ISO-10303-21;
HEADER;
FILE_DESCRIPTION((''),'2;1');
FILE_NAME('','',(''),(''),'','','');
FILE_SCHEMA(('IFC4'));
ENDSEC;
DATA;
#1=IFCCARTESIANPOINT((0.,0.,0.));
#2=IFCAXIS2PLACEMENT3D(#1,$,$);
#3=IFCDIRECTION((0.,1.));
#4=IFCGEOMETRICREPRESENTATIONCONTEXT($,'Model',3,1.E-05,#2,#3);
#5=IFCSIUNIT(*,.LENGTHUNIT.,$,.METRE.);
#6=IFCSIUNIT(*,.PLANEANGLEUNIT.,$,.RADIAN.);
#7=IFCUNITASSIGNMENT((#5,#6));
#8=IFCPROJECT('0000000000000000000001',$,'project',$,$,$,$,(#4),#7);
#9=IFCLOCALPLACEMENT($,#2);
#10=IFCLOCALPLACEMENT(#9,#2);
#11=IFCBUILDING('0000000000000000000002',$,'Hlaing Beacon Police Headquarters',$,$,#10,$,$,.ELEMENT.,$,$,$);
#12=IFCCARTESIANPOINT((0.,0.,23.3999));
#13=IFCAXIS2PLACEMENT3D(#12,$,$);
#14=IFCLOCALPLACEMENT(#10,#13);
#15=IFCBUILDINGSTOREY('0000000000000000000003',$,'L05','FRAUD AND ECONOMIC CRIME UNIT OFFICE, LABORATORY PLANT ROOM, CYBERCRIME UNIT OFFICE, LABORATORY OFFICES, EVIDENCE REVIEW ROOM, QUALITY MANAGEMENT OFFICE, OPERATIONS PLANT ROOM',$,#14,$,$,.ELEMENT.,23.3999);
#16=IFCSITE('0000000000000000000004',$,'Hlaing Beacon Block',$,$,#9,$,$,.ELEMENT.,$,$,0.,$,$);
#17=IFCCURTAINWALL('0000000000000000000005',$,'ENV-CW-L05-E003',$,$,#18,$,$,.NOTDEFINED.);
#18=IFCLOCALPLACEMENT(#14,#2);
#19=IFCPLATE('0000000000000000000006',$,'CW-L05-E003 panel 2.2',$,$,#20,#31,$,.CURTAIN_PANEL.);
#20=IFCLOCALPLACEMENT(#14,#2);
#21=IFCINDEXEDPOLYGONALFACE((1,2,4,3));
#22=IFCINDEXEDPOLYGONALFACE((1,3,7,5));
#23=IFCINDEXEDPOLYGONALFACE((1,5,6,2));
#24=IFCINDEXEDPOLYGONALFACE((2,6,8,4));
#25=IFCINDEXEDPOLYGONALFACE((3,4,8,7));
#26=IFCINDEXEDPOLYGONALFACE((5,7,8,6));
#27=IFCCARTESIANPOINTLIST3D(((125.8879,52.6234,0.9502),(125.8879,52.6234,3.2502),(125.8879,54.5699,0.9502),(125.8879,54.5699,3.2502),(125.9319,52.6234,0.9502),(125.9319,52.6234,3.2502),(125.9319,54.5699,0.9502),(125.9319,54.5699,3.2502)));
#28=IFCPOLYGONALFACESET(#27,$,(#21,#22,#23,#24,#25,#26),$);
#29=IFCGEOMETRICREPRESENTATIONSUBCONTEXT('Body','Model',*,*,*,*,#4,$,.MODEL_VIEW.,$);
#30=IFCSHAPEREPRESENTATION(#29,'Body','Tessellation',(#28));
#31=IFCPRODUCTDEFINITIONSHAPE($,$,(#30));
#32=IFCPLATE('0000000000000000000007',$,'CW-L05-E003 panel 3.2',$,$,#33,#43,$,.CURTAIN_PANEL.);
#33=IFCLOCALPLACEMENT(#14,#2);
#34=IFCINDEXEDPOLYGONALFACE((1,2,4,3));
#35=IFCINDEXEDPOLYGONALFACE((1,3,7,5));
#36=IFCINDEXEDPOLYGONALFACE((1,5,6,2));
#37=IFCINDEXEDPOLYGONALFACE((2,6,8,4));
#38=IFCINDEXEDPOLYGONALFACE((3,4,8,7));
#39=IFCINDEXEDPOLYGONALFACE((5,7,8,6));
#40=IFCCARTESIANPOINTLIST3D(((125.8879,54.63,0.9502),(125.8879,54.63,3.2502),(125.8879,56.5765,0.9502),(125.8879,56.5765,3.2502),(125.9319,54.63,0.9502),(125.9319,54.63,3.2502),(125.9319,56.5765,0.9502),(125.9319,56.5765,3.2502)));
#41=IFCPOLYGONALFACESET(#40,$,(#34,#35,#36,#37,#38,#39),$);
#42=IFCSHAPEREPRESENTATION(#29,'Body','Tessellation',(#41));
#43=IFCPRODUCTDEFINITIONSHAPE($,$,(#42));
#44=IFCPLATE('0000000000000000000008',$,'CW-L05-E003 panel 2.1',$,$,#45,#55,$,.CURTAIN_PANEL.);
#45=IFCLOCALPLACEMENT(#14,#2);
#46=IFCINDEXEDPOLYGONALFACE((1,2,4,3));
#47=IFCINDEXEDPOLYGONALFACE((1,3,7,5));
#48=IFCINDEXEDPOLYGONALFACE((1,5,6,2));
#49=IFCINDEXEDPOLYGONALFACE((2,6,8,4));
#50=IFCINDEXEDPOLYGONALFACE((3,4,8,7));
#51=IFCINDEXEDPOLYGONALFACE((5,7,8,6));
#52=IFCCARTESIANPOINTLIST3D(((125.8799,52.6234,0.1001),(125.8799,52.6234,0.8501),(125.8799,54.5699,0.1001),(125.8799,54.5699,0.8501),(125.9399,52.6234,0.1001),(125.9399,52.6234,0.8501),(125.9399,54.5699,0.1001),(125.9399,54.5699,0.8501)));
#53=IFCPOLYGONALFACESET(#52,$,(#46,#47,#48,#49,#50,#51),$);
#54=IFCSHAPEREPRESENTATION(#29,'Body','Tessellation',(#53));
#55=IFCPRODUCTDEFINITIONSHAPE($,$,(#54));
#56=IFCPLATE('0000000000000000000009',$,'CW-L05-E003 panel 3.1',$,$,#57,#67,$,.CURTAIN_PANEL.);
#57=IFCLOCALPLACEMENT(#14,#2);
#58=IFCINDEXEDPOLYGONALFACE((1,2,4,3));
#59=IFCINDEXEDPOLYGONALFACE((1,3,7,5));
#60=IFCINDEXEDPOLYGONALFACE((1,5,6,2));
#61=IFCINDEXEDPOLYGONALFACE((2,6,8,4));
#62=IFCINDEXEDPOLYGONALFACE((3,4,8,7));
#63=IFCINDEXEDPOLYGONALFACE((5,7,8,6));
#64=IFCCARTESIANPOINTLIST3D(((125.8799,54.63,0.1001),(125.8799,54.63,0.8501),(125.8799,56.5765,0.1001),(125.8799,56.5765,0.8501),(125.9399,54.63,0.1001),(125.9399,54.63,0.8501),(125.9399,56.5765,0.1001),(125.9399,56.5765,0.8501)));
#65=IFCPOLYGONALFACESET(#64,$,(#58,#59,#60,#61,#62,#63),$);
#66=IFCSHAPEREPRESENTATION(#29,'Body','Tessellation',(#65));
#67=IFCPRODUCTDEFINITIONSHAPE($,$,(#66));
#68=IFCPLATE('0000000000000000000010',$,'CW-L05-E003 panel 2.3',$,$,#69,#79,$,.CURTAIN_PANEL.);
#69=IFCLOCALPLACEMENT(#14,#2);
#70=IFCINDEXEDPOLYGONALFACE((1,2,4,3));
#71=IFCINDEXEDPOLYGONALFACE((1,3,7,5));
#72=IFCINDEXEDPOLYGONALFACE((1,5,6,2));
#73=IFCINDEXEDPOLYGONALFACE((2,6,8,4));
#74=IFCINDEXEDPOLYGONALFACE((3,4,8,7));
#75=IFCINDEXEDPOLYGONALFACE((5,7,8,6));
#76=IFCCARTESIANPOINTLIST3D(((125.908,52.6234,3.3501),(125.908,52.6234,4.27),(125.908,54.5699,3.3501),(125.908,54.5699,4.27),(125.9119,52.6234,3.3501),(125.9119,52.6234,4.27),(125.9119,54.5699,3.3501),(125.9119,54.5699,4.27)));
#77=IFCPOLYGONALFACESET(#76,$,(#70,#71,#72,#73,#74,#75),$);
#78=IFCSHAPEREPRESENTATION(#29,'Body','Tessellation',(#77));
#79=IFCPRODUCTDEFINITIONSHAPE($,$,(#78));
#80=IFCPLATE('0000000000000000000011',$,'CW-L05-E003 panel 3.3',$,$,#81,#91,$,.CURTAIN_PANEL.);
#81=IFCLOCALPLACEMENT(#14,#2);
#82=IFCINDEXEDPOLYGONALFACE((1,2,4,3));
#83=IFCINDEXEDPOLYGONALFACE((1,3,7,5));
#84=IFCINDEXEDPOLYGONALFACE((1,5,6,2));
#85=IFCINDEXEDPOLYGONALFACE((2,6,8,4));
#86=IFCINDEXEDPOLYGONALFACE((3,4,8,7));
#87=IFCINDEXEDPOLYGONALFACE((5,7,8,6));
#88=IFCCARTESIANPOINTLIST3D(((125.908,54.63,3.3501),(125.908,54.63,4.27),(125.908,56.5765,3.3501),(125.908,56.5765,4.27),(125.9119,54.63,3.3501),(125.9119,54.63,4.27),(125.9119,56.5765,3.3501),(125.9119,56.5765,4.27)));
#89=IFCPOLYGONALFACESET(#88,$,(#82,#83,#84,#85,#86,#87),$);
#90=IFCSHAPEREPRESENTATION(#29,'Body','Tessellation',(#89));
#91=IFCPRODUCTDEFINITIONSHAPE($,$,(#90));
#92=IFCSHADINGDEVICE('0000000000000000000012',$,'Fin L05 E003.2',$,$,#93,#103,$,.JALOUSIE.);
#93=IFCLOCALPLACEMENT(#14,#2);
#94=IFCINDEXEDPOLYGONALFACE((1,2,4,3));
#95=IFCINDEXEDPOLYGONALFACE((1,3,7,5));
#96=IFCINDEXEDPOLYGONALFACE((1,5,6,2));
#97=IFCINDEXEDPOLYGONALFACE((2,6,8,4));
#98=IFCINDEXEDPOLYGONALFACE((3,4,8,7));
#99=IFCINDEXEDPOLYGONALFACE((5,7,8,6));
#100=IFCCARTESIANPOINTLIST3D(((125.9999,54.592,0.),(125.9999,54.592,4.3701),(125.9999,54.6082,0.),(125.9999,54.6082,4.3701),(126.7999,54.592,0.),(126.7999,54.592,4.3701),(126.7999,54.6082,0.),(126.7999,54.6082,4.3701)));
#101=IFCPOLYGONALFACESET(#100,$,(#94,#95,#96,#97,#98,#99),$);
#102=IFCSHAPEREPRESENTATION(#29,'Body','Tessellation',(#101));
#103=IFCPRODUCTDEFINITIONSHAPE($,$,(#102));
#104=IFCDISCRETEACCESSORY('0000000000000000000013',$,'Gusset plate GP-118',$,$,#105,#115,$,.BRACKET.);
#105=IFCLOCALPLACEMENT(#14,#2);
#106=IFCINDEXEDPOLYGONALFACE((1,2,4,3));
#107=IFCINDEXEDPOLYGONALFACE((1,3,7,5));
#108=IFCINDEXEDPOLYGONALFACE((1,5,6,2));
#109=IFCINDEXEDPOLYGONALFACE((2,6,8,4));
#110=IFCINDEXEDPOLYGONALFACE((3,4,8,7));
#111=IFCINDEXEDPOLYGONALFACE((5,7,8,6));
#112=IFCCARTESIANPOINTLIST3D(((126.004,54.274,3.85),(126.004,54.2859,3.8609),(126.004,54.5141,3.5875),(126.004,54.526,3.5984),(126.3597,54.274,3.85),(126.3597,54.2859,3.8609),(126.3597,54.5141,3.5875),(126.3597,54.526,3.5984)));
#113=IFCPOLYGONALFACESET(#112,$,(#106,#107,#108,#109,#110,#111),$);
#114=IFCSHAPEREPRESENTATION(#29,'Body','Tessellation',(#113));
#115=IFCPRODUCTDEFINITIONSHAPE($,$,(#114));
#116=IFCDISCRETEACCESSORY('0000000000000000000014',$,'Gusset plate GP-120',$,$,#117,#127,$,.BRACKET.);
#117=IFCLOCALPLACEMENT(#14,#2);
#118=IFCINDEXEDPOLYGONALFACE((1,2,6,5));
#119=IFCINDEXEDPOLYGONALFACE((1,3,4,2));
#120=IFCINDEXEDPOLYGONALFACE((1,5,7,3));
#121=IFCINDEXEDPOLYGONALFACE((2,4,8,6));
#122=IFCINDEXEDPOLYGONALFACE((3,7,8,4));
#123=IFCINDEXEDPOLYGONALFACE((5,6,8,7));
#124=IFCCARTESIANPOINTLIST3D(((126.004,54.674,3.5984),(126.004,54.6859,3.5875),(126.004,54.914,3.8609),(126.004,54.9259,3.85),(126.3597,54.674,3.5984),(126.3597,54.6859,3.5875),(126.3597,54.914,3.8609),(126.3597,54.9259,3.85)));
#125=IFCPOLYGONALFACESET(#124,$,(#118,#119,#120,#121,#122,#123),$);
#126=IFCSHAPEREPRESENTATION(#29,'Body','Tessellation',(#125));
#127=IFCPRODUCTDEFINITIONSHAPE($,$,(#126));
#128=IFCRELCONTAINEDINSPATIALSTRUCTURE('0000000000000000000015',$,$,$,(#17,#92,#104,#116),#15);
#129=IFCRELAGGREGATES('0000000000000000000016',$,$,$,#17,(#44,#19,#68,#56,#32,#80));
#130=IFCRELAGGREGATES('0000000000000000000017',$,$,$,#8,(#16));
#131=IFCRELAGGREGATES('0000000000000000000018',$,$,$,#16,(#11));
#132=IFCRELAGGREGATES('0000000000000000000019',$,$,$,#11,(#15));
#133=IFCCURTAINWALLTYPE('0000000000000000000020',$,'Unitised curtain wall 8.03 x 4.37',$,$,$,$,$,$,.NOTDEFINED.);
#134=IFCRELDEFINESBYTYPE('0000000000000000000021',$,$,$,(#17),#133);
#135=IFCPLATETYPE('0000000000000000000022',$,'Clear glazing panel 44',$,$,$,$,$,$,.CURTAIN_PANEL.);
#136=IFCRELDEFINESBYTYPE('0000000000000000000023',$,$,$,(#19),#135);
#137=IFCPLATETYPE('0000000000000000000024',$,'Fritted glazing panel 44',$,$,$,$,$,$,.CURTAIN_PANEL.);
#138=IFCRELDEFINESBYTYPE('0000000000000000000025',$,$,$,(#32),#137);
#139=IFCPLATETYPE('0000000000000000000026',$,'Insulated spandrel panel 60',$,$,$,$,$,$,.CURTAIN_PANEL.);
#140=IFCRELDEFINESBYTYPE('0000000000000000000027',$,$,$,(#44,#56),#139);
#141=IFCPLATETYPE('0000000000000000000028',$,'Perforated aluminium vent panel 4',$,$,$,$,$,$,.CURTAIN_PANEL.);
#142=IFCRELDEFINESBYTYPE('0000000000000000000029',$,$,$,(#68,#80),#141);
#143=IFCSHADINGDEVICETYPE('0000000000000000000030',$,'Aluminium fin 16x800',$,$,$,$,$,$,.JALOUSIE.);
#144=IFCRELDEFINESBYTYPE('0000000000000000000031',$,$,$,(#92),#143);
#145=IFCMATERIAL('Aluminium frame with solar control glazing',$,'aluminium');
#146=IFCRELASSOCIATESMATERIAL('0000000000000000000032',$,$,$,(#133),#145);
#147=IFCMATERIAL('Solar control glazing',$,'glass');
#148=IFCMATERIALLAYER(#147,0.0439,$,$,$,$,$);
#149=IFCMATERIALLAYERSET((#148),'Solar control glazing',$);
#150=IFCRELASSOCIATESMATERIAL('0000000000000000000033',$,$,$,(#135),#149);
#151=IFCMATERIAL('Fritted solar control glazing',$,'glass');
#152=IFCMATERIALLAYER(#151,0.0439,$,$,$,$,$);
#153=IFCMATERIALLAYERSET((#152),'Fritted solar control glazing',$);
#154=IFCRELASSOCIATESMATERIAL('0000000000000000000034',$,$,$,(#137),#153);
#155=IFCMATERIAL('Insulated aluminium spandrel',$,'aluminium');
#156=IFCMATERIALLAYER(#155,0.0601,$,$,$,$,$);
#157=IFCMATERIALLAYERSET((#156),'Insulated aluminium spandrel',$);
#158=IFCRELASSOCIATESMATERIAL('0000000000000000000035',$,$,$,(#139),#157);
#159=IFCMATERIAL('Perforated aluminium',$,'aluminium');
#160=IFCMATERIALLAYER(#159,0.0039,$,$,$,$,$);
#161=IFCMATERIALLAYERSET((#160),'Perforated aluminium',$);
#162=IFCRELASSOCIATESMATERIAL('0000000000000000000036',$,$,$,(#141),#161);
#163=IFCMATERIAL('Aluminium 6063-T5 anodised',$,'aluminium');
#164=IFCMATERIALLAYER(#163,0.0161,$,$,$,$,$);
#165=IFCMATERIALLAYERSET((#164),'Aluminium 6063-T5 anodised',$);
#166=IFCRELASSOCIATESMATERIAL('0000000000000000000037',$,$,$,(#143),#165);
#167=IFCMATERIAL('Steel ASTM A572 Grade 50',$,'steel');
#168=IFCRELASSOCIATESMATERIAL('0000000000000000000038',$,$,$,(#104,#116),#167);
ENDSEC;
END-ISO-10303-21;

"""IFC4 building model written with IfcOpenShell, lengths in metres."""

from ifc_helpers import new_model, si_unit, direction, frame, origin, origin_2d, place, context, subcontext, project, spatial, rectangle, extrude, material, layer, layer_set, type_object, element, aggregate, save


model = new_model("IFC4")

# Units and contexts
model_context = context("Model", 3, precision=1e-05, world=origin(), true_north=direction((0.0, 1.0)))
body_context = subcontext(model_context, "Body", "Model", "MODEL_VIEW")
ifc_project = project(units=[si_unit("LENGTHUNIT", "METRE"), si_unit("PLANEANGLEUNIT", "RADIAN")], contexts=[model_context])

# Site, building, storey
site_placement = place(None, origin())
site = spatial("IfcSite", under=ifc_project, at=site_placement, Name="Hlaing Beacon Block", CompositionType="ELEMENT", RefElevation=0.0)
building_placement = place(site_placement, origin())
building = spatial("IfcBuilding", under=site, at=building_placement, Name="Hlaing Beacon Police Headquarters", CompositionType="ELEMENT")
storey_placement = place(building_placement, frame((0.0, 0.0, 23.3999)))
storey = spatial("IfcBuildingStorey", under=building, at=storey_placement, Name="L05", Description="FRAUD AND ECONOMIC CRIME UNIT OFFICE, LABORATORY PLANT ROOM, CYBERCRIME UNIT OFFICE, LABORATORY OFFICES, EVIDENCE REVIEW ROOM, QUALITY MANAGEMENT OFFICE, OPERATIONS PLANT ROOM", CompositionType="ELEMENT", Elevation=23.3999)

# Curtain wall, plates
ifc_material_1 = material(Name="Aluminium frame with solar control glazing", Category="aluminium")
curtain_wall_type = type_object("IfcCurtainWallType", Name="Unitised curtain wall 8.03 x 4.37", PredefinedType="NOTDEFINED", material=ifc_material_1)
curtain_wall_placement = place(storey_placement, origin())
curtain_wall = element("IfcCurtainWall", 1, at=curtain_wall_placement, inside=storey, type_object=curtain_wall_type, Name="ENV-CW-L05-E003", PredefinedType="NOTDEFINED")
ifc_material_2 = material(Name="Solar control glazing", Category="glass")
ifc_layer_1 = layer(ifc_material_2, 0.0439)
ifc_layer_set_1 = layer_set([ifc_layer_1], Name="Solar control glazing")
plate_type_1 = type_object("IfcPlateType", Name="Clear glazing panel 44", PredefinedType="CURTAIN_PANEL", material=ifc_layer_set_1)
plate_1_placement = place(storey_placement, frame((125.9099, 53.5967, 0.9502), z_axis=(0.0, 0.0, 1.0), x_axis=(0.0, 1.0, 0.0)))
plate_1 = element("IfcPlate", 2, at=plate_1_placement, type_object=plate_type_1, Name="CW-L05-E003 panel 2.2", PredefinedType="CURTAIN_PANEL", context=body_context, shape_type="SweptSolid", body=[
    extrude(rectangle(XDim=1.9465, YDim=0.0439, at=origin_2d()), origin(), (0.0, 0.0, 1.0), 2.3),
])
ifc_material_3 = material(Name="Fritted solar control glazing", Category="glass")
ifc_layer_2 = layer(ifc_material_3, 0.0439)
ifc_layer_set_2 = layer_set([ifc_layer_2], Name="Fritted solar control glazing")
plate_type_2 = type_object("IfcPlateType", Name="Fritted glazing panel 44", PredefinedType="CURTAIN_PANEL", material=ifc_layer_set_2)
plate_2_placement = place(storey_placement, frame((125.9099, 55.6033, 0.9502), z_axis=(0.0, 0.0, 1.0), x_axis=(0.0, 1.0, 0.0)))
plate_2 = element("IfcPlate", 3, at=plate_2_placement, type_object=plate_type_2, Name="CW-L05-E003 panel 3.2", PredefinedType="CURTAIN_PANEL", context=body_context, shape_type="SweptSolid", body=[
    extrude(rectangle(XDim=1.9465, YDim=0.0439, at=origin_2d()), origin(), (0.0, 0.0, 1.0), 2.3),
])
ifc_material_4 = material(Name="Insulated aluminium spandrel", Category="aluminium")
ifc_layer_3 = layer(ifc_material_4, 0.0601)
ifc_layer_set_3 = layer_set([ifc_layer_3], Name="Insulated aluminium spandrel")
plate_type_3 = type_object("IfcPlateType", Name="Insulated spandrel panel 60", PredefinedType="CURTAIN_PANEL", material=ifc_layer_set_3)
plate_3_placement = place(storey_placement, frame((125.9099, 53.5967, 0.1001), z_axis=(0.0, 0.0, 1.0), x_axis=(0.0, 1.0, 0.0)))
plate_3 = element("IfcPlate", 4, at=plate_3_placement, type_object=plate_type_3, Name="CW-L05-E003 panel 2.1", PredefinedType="CURTAIN_PANEL", context=body_context, shape_type="SweptSolid", body=[
    extrude(rectangle(XDim=1.9465, YDim=0.0601, at=origin_2d()), origin(), (0.0, 0.0, 1.0), 0.75),
])
plate_4_placement = place(storey_placement, frame((125.9099, 55.6033, 0.1001), z_axis=(0.0, 0.0, 1.0), x_axis=(0.0, 1.0, 0.0)))
plate_4 = element("IfcPlate", 5, at=plate_4_placement, type_object=plate_type_3, Name="CW-L05-E003 panel 3.1", PredefinedType="CURTAIN_PANEL", context=body_context, shape_type="SweptSolid", body=[
    extrude(rectangle(XDim=1.9465, YDim=0.0601, at=origin_2d()), origin(), (0.0, 0.0, 1.0), 0.75),
])
ifc_material_5 = material(Name="Perforated aluminium", Category="aluminium")
ifc_layer_4 = layer(ifc_material_5, 0.0039)
ifc_layer_set_4 = layer_set([ifc_layer_4], Name="Perforated aluminium")
plate_type_4 = type_object("IfcPlateType", Name="Perforated aluminium vent panel 4", PredefinedType="CURTAIN_PANEL", material=ifc_layer_set_4)
plate_5_placement = place(storey_placement, frame((125.9099, 53.5967, 3.3501), z_axis=(0.0, 0.0, 1.0), x_axis=(0.0, 1.0, 0.0)))
plate_5 = element("IfcPlate", 6, at=plate_5_placement, type_object=plate_type_4, Name="CW-L05-E003 panel 2.3", PredefinedType="CURTAIN_PANEL", context=body_context, shape_type="SweptSolid", body=[
    extrude(rectangle(XDim=1.9465, YDim=0.0039, at=origin_2d()), origin(), (0.0, 0.0, 1.0), 0.9199),
])
plate_6_placement = place(storey_placement, frame((125.9099, 55.6033, 3.3501), z_axis=(0.0, 0.0, 1.0), x_axis=(0.0, 1.0, 0.0)))
plate_6 = element("IfcPlate", 7, at=plate_6_placement, type_object=plate_type_4, Name="CW-L05-E003 panel 3.3", PredefinedType="CURTAIN_PANEL", context=body_context, shape_type="SweptSolid", body=[
    extrude(rectangle(XDim=1.9465, YDim=0.0039, at=origin_2d()), origin(), (0.0, 0.0, 1.0), 0.9199),
])
aggregate(curtain_wall, [plate_3, plate_1, plate_5, plate_4, plate_2, plate_6])

# Shading device
ifc_material_6 = material(Name="Aluminium 6063-T5 anodised", Category="aluminium")
ifc_layer_5 = layer(ifc_material_6, 0.0161)
ifc_layer_set_5 = layer_set([ifc_layer_5], Name="Aluminium 6063-T5 anodised")
shading_device_type = type_object("IfcShadingDeviceType", Name="Aluminium fin 16x800", PredefinedType="JALOUSIE", material=ifc_layer_set_5)
shading_device_placement = place(storey_placement, frame((126.3999, 54.6001, 0.0), z_axis=(0.0, 0.0, 1.0), x_axis=(0.0, 1.0, 0.0)))
element("IfcShadingDevice", 8, at=shading_device_placement, inside=storey, type_object=shading_device_type, Name="Fin L05 E003.2", PredefinedType="JALOUSIE", context=body_context, shape_type="SweptSolid", body=[
    extrude(rectangle(XDim=0.0161, YDim=0.8, at=origin_2d()), origin(), (0.0, 0.0, 1.0), 4.3701),
])

# Discrete accessories
ifc_material_7 = material(Name="Steel ASTM A572 Grade 50", Category="steel")
for number, where, z_axis, x_axis, name in (
    (9, (126.1819, 54.394, 3.7188), (0.0, 0.737951, 0.674854), (-1.0, 0.0, 0.0), "Gusset plate GP-118"),
    (10, (126.1819, 54.8059, 3.7188), (0.0, -0.737951, 0.674854), (1.0, 0.0, 0.0), "Gusset plate GP-120"),
):
    element("IfcDiscreteAccessory", number, at=place(storey_placement, frame(where, z_axis=z_axis, x_axis=x_axis)), inside=storey, material=ifc_material_7, Name=name, PredefinedType="BRACKET", context=body_context, shape_type="SweptSolid", body=[
        extrude(rectangle(XDim=0.3557, YDim=0.3557, at=origin_2d()), origin(), (0.0, 0.0, 1.0), 0.0161),
    ])

save(model, "model.ifc")
